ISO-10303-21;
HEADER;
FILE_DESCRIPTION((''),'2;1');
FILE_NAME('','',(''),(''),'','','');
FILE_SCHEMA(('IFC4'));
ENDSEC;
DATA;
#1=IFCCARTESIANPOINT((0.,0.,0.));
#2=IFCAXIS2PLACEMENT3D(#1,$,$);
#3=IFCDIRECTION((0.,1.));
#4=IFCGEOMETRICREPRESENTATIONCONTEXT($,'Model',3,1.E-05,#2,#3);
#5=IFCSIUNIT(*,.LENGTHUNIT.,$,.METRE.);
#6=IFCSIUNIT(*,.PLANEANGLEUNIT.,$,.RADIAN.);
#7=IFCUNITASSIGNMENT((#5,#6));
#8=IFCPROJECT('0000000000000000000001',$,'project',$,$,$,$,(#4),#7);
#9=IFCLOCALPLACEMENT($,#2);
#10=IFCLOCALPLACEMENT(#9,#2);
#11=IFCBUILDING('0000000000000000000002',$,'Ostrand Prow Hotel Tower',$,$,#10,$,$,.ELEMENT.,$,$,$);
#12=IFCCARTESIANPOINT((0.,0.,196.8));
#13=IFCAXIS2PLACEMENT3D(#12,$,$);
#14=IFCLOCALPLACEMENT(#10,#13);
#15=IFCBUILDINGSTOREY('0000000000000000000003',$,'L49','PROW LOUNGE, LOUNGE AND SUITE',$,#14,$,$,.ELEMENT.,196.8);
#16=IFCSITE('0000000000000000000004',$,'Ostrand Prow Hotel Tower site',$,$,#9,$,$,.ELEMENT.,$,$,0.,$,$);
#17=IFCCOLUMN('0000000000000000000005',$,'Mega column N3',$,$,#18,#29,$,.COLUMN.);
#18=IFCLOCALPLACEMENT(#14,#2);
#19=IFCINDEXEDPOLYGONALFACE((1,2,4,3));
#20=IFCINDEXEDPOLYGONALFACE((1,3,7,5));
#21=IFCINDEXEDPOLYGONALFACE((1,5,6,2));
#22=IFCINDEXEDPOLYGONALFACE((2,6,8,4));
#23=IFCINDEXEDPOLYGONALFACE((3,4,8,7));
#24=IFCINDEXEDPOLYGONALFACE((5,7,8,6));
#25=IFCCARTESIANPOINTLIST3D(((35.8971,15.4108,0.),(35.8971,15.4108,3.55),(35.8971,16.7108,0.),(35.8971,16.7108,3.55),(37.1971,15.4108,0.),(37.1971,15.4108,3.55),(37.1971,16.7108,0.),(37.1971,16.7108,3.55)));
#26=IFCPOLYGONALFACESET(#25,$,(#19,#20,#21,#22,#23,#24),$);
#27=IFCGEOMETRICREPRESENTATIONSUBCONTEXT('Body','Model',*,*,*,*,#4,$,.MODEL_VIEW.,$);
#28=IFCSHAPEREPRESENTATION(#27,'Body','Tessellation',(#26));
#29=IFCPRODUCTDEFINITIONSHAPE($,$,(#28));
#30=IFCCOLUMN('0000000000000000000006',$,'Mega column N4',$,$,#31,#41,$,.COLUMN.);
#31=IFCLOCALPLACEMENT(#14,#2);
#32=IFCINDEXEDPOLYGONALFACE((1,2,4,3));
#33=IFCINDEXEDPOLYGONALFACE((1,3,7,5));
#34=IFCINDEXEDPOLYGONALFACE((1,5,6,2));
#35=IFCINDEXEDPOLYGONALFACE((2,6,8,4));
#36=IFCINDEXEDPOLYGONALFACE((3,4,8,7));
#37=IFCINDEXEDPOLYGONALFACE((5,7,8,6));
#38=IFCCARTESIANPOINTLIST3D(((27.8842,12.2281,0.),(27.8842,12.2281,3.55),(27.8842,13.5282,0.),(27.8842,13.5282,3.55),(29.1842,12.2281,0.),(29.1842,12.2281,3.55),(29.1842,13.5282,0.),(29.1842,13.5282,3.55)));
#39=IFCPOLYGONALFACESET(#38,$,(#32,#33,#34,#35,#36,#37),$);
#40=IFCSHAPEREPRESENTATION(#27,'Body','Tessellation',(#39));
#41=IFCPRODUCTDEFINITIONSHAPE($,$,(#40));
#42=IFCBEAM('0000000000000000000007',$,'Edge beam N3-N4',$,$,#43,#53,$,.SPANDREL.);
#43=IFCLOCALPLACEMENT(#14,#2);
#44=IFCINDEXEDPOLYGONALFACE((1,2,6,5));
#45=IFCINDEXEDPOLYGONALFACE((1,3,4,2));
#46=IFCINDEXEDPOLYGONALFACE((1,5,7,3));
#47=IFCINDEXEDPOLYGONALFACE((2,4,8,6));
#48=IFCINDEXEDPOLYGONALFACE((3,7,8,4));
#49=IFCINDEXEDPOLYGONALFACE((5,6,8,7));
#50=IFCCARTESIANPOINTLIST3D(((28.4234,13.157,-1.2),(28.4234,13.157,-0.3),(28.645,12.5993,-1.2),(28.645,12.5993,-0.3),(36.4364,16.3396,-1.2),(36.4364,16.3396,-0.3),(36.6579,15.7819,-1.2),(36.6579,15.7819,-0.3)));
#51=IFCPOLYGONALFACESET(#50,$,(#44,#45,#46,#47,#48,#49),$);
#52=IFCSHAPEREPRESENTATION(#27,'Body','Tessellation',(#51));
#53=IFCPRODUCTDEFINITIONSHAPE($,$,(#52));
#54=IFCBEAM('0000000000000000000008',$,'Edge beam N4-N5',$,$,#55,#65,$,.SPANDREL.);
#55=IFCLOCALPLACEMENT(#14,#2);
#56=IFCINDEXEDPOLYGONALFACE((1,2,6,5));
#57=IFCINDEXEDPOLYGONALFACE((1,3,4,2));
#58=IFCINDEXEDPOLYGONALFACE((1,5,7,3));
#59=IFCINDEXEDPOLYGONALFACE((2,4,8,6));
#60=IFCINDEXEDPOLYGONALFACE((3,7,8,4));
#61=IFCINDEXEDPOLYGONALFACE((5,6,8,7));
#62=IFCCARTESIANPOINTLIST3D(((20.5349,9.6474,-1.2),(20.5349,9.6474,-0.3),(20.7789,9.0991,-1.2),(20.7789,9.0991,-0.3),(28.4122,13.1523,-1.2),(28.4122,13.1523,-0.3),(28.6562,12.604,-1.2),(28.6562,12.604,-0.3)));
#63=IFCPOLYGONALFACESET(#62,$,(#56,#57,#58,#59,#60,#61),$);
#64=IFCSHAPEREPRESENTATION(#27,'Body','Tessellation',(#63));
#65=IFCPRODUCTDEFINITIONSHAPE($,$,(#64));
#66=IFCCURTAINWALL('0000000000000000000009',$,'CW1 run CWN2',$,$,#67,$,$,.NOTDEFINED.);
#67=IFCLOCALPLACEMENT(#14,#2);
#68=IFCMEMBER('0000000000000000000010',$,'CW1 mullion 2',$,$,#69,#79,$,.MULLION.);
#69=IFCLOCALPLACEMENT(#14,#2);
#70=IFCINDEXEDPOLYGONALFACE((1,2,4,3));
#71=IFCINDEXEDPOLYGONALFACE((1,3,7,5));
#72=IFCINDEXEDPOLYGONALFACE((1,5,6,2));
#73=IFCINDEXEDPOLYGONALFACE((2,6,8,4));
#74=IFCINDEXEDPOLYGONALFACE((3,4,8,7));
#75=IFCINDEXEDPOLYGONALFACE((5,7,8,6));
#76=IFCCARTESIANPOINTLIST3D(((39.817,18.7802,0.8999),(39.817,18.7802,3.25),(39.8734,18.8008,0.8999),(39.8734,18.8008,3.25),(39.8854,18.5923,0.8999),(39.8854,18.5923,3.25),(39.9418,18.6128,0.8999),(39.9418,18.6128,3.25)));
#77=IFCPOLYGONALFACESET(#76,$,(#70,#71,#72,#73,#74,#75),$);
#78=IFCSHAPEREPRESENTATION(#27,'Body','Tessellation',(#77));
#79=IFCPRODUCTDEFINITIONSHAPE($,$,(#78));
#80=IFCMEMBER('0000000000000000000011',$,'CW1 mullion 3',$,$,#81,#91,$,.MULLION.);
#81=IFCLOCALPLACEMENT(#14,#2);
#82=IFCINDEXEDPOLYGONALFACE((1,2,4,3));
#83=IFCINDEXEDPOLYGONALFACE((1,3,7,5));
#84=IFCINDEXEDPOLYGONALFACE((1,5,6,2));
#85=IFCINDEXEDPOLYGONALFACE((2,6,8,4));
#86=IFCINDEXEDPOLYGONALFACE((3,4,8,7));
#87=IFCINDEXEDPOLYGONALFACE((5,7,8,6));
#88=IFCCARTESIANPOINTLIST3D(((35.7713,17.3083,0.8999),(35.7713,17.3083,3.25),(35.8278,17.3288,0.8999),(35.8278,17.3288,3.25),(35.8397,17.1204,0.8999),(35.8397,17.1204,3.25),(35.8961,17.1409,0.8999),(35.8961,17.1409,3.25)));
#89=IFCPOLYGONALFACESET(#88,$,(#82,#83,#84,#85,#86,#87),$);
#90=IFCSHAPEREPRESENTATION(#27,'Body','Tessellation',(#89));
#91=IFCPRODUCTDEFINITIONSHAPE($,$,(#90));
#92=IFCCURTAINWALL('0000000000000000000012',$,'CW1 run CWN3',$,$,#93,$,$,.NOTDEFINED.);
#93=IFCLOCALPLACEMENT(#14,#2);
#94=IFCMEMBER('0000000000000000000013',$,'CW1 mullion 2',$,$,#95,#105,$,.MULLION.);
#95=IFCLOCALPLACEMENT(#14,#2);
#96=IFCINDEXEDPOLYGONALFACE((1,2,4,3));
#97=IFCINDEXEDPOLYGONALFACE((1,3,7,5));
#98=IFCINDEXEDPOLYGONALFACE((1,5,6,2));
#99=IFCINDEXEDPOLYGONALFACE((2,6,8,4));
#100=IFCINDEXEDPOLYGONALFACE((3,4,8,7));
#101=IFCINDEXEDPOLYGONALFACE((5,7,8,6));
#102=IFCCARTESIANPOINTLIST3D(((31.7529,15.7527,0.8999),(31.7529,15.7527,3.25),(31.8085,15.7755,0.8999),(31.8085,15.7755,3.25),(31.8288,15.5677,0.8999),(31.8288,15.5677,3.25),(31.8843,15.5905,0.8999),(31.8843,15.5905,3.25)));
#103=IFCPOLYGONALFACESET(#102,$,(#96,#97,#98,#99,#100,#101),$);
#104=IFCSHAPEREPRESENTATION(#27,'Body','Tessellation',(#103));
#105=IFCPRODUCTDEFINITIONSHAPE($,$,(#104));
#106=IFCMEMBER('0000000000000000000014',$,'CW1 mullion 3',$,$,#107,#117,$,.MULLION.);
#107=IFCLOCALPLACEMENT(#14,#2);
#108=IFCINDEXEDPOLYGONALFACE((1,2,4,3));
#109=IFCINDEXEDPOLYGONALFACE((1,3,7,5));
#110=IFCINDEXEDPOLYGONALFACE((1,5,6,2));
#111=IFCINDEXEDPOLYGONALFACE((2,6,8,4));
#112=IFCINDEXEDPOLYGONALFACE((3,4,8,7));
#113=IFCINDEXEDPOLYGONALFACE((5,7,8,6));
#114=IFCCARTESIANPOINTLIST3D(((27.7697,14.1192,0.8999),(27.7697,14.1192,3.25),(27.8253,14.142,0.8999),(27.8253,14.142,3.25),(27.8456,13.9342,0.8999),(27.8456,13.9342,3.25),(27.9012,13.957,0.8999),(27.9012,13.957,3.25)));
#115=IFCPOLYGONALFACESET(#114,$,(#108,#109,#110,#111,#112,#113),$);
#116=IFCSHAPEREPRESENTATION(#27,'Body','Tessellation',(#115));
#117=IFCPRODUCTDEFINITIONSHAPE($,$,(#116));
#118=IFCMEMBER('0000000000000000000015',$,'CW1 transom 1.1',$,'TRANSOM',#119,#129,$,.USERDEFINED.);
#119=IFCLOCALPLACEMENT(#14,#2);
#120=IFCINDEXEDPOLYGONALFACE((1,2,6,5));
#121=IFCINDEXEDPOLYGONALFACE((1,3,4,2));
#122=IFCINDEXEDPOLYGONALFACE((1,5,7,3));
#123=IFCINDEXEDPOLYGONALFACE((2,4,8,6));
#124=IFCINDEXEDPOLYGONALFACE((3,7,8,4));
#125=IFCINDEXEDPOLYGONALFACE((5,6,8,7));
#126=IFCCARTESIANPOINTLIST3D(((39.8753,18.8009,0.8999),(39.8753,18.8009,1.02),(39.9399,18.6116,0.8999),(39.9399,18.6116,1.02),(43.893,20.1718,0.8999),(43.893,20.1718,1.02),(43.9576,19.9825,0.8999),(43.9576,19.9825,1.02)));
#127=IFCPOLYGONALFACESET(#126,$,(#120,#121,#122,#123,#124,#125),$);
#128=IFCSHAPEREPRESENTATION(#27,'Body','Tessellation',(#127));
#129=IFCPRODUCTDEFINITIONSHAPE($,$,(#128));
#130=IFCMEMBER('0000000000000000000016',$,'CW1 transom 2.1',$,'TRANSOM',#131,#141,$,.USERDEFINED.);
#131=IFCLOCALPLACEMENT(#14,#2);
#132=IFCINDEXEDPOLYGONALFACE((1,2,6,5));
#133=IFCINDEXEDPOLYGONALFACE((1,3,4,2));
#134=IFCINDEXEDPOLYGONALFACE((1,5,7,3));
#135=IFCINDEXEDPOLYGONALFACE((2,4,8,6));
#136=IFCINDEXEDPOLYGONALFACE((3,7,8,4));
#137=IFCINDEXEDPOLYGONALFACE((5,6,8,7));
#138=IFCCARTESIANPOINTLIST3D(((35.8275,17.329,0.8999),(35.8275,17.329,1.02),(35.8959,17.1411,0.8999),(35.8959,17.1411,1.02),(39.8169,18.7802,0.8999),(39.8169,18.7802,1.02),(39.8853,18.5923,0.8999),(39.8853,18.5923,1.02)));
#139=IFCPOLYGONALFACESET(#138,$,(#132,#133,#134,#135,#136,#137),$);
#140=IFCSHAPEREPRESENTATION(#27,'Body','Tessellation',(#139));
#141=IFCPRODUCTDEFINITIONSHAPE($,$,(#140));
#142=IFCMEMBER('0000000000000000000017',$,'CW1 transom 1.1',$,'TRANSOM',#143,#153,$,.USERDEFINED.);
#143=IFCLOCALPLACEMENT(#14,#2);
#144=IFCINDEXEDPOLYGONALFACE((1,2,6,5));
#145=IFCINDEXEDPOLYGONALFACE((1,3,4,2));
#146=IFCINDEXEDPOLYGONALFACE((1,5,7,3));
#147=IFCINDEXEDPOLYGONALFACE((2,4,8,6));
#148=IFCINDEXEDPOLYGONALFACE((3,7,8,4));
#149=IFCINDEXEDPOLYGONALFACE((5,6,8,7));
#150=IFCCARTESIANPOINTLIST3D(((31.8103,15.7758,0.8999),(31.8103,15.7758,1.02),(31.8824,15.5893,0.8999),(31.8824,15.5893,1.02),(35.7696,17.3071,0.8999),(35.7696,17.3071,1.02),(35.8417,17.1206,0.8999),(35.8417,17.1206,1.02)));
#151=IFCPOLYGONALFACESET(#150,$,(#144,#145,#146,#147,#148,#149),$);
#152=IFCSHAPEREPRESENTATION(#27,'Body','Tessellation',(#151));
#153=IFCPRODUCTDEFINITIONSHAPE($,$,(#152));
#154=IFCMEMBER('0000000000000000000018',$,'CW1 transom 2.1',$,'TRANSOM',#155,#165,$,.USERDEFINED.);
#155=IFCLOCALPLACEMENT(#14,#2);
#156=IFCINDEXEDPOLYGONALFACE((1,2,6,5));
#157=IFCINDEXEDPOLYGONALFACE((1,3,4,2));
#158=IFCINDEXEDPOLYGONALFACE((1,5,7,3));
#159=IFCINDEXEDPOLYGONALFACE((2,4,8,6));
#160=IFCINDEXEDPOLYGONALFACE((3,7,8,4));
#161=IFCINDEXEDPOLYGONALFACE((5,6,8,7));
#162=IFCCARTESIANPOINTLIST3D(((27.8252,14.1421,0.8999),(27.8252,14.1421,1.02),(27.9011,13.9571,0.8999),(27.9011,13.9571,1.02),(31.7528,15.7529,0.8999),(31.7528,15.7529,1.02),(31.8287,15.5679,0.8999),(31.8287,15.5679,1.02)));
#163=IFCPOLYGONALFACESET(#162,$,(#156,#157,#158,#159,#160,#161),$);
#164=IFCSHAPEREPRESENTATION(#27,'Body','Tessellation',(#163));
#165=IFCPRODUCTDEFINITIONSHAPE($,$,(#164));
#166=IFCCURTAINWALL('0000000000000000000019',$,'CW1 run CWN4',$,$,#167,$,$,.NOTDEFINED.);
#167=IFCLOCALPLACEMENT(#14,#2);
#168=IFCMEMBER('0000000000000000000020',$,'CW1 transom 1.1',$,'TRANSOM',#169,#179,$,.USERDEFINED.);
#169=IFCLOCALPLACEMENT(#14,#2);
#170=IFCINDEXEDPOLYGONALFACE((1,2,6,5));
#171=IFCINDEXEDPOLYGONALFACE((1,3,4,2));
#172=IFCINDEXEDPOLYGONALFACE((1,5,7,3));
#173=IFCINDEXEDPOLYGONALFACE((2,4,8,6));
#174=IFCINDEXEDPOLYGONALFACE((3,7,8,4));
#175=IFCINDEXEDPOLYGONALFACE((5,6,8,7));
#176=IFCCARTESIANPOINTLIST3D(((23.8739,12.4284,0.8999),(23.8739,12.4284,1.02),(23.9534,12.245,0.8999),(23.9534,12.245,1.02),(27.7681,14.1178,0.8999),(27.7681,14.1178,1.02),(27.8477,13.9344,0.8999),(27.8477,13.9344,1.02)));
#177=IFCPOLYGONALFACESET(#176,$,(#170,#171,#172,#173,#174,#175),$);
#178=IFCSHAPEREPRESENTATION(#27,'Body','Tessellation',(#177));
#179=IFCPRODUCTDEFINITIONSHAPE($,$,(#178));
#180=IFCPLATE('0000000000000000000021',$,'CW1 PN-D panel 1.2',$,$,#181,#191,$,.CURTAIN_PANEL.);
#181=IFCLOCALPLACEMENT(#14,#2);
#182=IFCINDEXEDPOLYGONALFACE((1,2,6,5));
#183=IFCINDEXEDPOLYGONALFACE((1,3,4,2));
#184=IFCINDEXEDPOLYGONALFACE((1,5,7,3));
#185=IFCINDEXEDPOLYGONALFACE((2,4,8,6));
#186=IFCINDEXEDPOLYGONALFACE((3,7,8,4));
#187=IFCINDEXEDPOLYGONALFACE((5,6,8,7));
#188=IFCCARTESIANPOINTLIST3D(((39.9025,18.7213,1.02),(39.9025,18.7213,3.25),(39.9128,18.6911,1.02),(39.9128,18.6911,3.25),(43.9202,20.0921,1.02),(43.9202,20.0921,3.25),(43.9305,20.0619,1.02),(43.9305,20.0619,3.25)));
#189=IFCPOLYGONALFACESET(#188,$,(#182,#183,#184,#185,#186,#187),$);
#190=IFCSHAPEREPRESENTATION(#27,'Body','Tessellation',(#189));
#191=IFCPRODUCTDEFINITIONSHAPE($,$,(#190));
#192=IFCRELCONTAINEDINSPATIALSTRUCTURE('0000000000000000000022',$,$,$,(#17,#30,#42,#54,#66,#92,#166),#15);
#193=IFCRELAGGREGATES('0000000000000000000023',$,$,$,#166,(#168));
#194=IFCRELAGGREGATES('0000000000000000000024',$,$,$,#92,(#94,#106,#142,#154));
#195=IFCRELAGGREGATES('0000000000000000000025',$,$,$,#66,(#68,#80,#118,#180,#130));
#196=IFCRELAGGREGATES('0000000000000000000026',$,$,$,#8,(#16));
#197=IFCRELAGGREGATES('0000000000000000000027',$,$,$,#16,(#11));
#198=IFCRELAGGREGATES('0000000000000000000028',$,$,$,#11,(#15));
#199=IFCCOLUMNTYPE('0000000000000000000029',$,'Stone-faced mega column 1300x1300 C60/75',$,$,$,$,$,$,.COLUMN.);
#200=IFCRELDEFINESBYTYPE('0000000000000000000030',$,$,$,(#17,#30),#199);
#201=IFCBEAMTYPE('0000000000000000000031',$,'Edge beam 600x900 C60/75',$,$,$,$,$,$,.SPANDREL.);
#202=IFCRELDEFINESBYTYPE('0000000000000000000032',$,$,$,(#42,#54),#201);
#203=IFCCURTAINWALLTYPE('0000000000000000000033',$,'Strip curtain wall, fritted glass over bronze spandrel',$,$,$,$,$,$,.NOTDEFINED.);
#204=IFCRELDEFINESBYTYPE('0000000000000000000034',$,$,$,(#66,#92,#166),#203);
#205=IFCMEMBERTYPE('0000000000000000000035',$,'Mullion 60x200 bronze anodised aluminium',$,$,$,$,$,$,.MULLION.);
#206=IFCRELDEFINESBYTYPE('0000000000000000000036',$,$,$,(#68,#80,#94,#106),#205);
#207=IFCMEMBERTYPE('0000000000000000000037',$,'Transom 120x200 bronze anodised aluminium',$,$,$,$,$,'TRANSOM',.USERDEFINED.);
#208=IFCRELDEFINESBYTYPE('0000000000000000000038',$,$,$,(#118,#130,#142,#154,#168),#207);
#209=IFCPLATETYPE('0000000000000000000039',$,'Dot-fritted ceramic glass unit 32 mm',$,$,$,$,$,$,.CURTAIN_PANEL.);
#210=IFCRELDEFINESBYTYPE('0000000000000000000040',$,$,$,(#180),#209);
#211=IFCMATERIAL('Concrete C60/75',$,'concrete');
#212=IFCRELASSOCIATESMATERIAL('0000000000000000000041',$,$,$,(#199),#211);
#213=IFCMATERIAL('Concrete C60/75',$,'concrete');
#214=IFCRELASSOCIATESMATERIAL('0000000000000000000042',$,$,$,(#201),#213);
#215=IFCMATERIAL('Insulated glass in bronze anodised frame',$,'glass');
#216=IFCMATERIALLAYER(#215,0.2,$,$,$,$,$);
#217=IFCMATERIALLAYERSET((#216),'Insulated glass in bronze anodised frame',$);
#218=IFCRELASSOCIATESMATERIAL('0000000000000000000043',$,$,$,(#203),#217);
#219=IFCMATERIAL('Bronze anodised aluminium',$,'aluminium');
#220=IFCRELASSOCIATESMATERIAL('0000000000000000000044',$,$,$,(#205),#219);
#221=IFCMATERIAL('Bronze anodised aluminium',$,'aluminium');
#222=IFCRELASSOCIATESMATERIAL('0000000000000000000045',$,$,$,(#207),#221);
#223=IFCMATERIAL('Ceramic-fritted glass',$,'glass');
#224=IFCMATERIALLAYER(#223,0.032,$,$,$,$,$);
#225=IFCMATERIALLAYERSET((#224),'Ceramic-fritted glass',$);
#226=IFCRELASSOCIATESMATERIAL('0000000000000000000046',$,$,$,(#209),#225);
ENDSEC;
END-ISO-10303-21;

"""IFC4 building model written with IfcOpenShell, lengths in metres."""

from ifc_helpers import new_model, si_unit, direction, frame, origin, origin_2d, place, context, subcontext, project, spatial, rectangle, extrude, material, layer, layer_set, material_profile, profile_set, type_object, element, aggregate, save


model = new_model("IFC4")

# Units and contexts
model_context = context("Model", 3, precision=1e-05, world=origin(), true_north=direction((0.0, 1.0)))
body_context = subcontext(model_context, "Body", "Model", "MODEL_VIEW")
ifc_project = project(units=[si_unit("LENGTHUNIT", "METRE"), si_unit("PLANEANGLEUNIT", "RADIAN")], contexts=[model_context])

# Site, building, storey
site_placement = place(None, origin())
site = spatial("IfcSite", under=ifc_project, at=site_placement, Name="Ostrand Prow Hotel Tower site", CompositionType="ELEMENT", RefElevation=0.0)
building_placement = place(site_placement, origin())
building = spatial("IfcBuilding", under=site, at=building_placement, Name="Ostrand Prow Hotel Tower", CompositionType="ELEMENT")
storey_placement = place(building_placement, frame((0.0, 0.0, 196.8)))
storey = spatial("IfcBuildingStorey", under=building, at=storey_placement, Name="L49", Description="PROW LOUNGE, LOUNGE AND SUITE", CompositionType="ELEMENT", Elevation=196.8)

# Columns
ifc_material_1 = material(Name="Concrete C60/75", Category="concrete")
ifc_material_profile_1 = material_profile(ifc_material_1, rectangle(XDim=1.3, YDim=1.3, at=origin_2d()), Name="RC 1300x1300")
ifc_profile_set_1 = profile_set([ifc_material_profile_1], Name="Concrete C60/75")
column_type = type_object("IfcColumnType", Name="Stone-faced mega column 1300x1300 C60/75", PredefinedType="COLUMN", material=ifc_profile_set_1)
for number, where, z_axis, x_axis, name in (
    (1, (36.5471, 16.0608, 0.0), (0.0, 0.0, 1.0), (1.0, 0.0, 0.0), "Mega column N3"),
    (2, (28.5342, 12.8782, 0.0), (0.0, 0.0, 1.0), (1.0, 0.0, 0.0), "Mega column N4"),
):
    element("IfcColumn", number, at=place(storey_placement, frame(where, z_axis=z_axis, x_axis=x_axis)), inside=storey, type_object=column_type, Name=name, PredefinedType="COLUMN", context=body_context, shape_type="SweptSolid", body=[
        extrude(rectangle(XDim=1.3, YDim=1.3, at=origin_2d()), origin(), (0.0, 0.0, 1.0), 3.55),
    ])

# Beams
ifc_material_2 = material(Name="Concrete C60/75", Category="concrete")
ifc_material_profile_2 = material_profile(ifc_material_2, rectangle(XDim=0.6001, YDim=0.8999, at=origin_2d()), Name="RC 600x900")
ifc_profile_set_2 = profile_set([ifc_material_profile_2], Name="Concrete C60/75")
beam_type = type_object("IfcBeamType", Name="Edge beam 600x900 C60/75", PredefinedType="SPANDREL", material=ifc_profile_set_2)
for number, where, z_axis, x_axis, name in (
    (3, (36.5471, 16.0608, -0.75), (-0.929376, -0.369134, 0.0), (0.369134, -0.929376, 0.0), "Edge beam N3-N4"),
    (4, (28.5342, 12.8782, -0.75), (-0.913643, -0.406517, 0.0), (0.406517, -0.913643, 0.0), "Edge beam N4-N5"),
):
    element("IfcBeam", number, at=place(storey_placement, frame(where, z_axis=z_axis, x_axis=x_axis)), inside=storey, type_object=beam_type, Name=name, PredefinedType="SPANDREL", context=body_context, shape_type="SweptSolid", body=[
        extrude(rectangle(XDim=0.6001, YDim=0.8999, at=origin_2d()), origin(), (0.0, 0.0, 1.0), 8.6218),
    ])

# Curtain walls, members
ifc_material_3 = material(Name="Insulated glass in bronze anodised frame", Category="glass")
ifc_layer_1 = layer(ifc_material_3, 0.2)
ifc_layer_set_1 = layer_set([ifc_layer_1], Name="Insulated glass in bronze anodised frame")
curtain_wall_type = type_object("IfcCurtainWallType", Name="Strip curtain wall, fritted glass over bronze spandrel", PredefinedType="NOTDEFINED", material=ifc_layer_set_1)
curtain_wall_1_placement = place(storey_placement, origin())
curtain_wall_1 = element("IfcCurtainWall", 5, at=curtain_wall_1_placement, inside=storey, type_object=curtain_wall_type, Name="CW1 run CWN2", PredefinedType="NOTDEFINED")
ifc_material_4 = material(Name="Bronze anodised aluminium", Category="aluminium")
ifc_material_profile_3 = material_profile(ifc_material_4, rectangle(XDim=0.2, YDim=0.0601, at=origin_2d()), Name="Mullion 60x200 bronze anodised aluminium")
ifc_profile_set_3 = profile_set([ifc_material_profile_3], Name="Bronze anodised aluminium")
member_type_1 = type_object("IfcMemberType", Name="Mullion 60x200 bronze anodised aluminium", PredefinedType="MULLION", material=ifc_profile_set_3)
member_1_placement = place(storey_placement, frame((39.8794, 18.6965, 0.8999), z_axis=(0.0, 0.0, 1.0), x_axis=(0.341897, -0.939737, 0.0)))
member_1 = element("IfcMember", 6, at=member_1_placement, type_object=member_type_1, Name="CW1 mullion 2", PredefinedType="MULLION", context=body_context, shape_type="SweptSolid", body=[
    extrude(rectangle(XDim=0.2, YDim=0.0601, at=origin_2d()), origin(), (0.0, 0.0, 1.0), 2.3501),
])
member_2_placement = place(storey_placement, frame((35.8337, 17.2246, 0.8999), z_axis=(0.0, 0.0, 1.0), x_axis=(0.341897, -0.939737, 0.0)))
member_2 = element("IfcMember", 7, at=member_2_placement, type_object=member_type_1, Name="CW1 mullion 3", PredefinedType="MULLION", context=body_context, shape_type="SweptSolid", body=[
    extrude(rectangle(XDim=0.2, YDim=0.0601, at=origin_2d()), origin(), (0.0, 0.0, 1.0), 2.3501),
])
curtain_wall_2_placement = place(storey_placement, origin())
curtain_wall_2 = element("IfcCurtainWall", 8, at=curtain_wall_2_placement, inside=storey, type_object=curtain_wall_type, Name="CW1 run CWN3", PredefinedType="NOTDEFINED")
member_3_placement = place(storey_placement, frame((31.8186, 15.6716, 0.8999), z_axis=(0.0, 0.0, 1.0), x_axis=(0.379453, -0.925211, 0.0)))
member_3 = element("IfcMember", 9, at=member_3_placement, type_object=member_type_1, Name="CW1 mullion 2", PredefinedType="MULLION", context=body_context, shape_type="SweptSolid", body=[
    extrude(rectangle(XDim=0.2, YDim=0.0601, at=origin_2d()), origin(), (0.0, 0.0, 1.0), 2.3501),
])
member_4_placement = place(storey_placement, frame((27.8354, 14.0381, 0.8999), z_axis=(0.0, 0.0, 1.0), x_axis=(0.379453, -0.925211, 0.0)))
member_4 = element("IfcMember", 10, at=member_4_placement, type_object=member_type_1, Name="CW1 mullion 3", PredefinedType="MULLION", context=body_context, shape_type="SweptSolid", body=[
    extrude(rectangle(XDim=0.2, YDim=0.0601, at=origin_2d()), origin(), (0.0, 0.0, 1.0), 2.3501),
])

# Members
ifc_material_5 = material(Name="Bronze anodised aluminium", Category="aluminium")
ifc_material_profile_4 = material_profile(ifc_material_5, rectangle(XDim=0.2, YDim=0.1201, at=origin_2d()), Name="Transom 120x200 bronze anodised aluminium")
ifc_profile_set_4 = profile_set([ifc_material_profile_4], Name="Bronze anodised aluminium")
member_type_2 = type_object("IfcMemberType", Name="Transom 120x200 bronze anodised aluminium", ElementType="TRANSOM", PredefinedType="USERDEFINED", material=ifc_profile_set_4)
member_5_placement = place(storey_placement, frame((43.9253, 20.0771, 0.96), z_axis=(-0.946422, -0.322932, 0.0), x_axis=(0.322932, -0.946422, 0.0)))
member_5 = element("IfcMember", 11, at=member_5_placement, type_object=member_type_2, Name="CW1 transom 1.1", ObjectType="TRANSOM", PredefinedType="USERDEFINED", context=body_context, shape_type="SweptSolid", body=[
    extrude(rectangle(XDim=0.2, YDim=0.1201, at=origin_2d()), origin(), (0.0, 0.0, 1.0), 4.2451),
])
member_6_placement = place(storey_placement, frame((39.8511, 18.6863, 0.96), z_axis=(-0.939753, -0.341854, 0.0), x_axis=(0.341854, -0.939753, 0.0)))
member_6 = element("IfcMember", 12, at=member_6_placement, type_object=member_type_2, Name="CW1 transom 2.1", ObjectType="TRANSOM", PredefinedType="USERDEFINED", context=body_context, shape_type="SweptSolid", body=[
    extrude(rectangle(XDim=0.2, YDim=0.1201, at=origin_2d()), origin(), (0.0, 0.0, 1.0), 4.2451),
])
member_7_placement = place(storey_placement, frame((35.8057, 17.2139, 0.96), z_axis=(-0.932675, -0.360717, 0.0), x_axis=(0.360717, -0.932675, 0.0)))
member_7 = element("IfcMember", 13, at=member_7_placement, type_object=member_type_2, Name="CW1 transom 1.1", ObjectType="TRANSOM", PredefinedType="USERDEFINED", context=body_context, shape_type="SweptSolid", body=[
    extrude(rectangle(XDim=0.2, YDim=0.1201, at=origin_2d()), origin(), (0.0, 0.0, 1.0), 4.2451),
])
member_8_placement = place(storey_placement, frame((31.7908, 15.6604, 0.96), z_axis=(-0.925213, -0.379448, 0.0), x_axis=(0.379448, -0.925213, 0.0)))
member_8 = element("IfcMember", 14, at=member_8_placement, type_object=member_type_2, Name="CW1 transom 2.1", ObjectType="TRANSOM", PredefinedType="USERDEFINED", context=body_context, shape_type="SweptSolid", body=[
    extrude(rectangle(XDim=0.2, YDim=0.1201, at=origin_2d()), origin(), (0.0, 0.0, 1.0), 4.2451),
])

# Curtain wall, member
curtain_wall_3_placement = place(storey_placement, origin())
curtain_wall_3 = element("IfcCurtainWall", 15, at=curtain_wall_3_placement, inside=storey, type_object=curtain_wall_type, Name="CW1 run CWN4", PredefinedType="NOTDEFINED")
member_9_placement = place(storey_placement, frame((27.8079, 14.0261, 0.96), z_axis=(-0.91739, -0.39799, 0.0), x_axis=(0.39799, -0.91739, 0.0)))
member_9 = element("IfcMember", 16, at=member_9_placement, type_object=member_type_2, Name="CW1 transom 1.1", ObjectType="TRANSOM", PredefinedType="USERDEFINED", context=body_context, shape_type="SweptSolid", body=[
    extrude(rectangle(XDim=0.2, YDim=0.1201, at=origin_2d()), origin(), (0.0, 0.0, 1.0), 4.2449),
])
aggregate(curtain_wall_3, [member_9])

# Plate
ifc_material_6 = material(Name="Ceramic-fritted glass", Category="glass")
ifc_layer_2 = layer(ifc_material_6, 0.032)
ifc_layer_set_2 = layer_set([ifc_layer_2], Name="Ceramic-fritted glass")
plate_type_1 = type_object("IfcPlateType", Name="Dot-fritted ceramic glass unit 32 mm", PredefinedType="CURTAIN_PANEL", material=ifc_layer_set_2)
plate_1_placement = place(storey_placement, frame((41.9165, 19.3916, 1.02), z_axis=(0.0, 0.0, 1.0), x_axis=(-0.94643, -0.322908, 0.0)))
plate_1 = element("IfcPlate", 17, at=plate_1_placement, type_object=plate_type_1, Name="CW1 PN-D panel 1.2", PredefinedType="CURTAIN_PANEL", context=body_context, shape_type="SweptSolid", body=[
    extrude(rectangle(XDim=4.2451, YDim=0.032, at=origin_2d()), origin(), (0.0, 0.0, 1.0), 2.23),
])
aggregate(curtain_wall_2, [member_3, member_4, member_7, member_8])
aggregate(curtain_wall_1, [member_1, member_2, member_5, plate_1, member_6])

save(model, "model.ifc")
